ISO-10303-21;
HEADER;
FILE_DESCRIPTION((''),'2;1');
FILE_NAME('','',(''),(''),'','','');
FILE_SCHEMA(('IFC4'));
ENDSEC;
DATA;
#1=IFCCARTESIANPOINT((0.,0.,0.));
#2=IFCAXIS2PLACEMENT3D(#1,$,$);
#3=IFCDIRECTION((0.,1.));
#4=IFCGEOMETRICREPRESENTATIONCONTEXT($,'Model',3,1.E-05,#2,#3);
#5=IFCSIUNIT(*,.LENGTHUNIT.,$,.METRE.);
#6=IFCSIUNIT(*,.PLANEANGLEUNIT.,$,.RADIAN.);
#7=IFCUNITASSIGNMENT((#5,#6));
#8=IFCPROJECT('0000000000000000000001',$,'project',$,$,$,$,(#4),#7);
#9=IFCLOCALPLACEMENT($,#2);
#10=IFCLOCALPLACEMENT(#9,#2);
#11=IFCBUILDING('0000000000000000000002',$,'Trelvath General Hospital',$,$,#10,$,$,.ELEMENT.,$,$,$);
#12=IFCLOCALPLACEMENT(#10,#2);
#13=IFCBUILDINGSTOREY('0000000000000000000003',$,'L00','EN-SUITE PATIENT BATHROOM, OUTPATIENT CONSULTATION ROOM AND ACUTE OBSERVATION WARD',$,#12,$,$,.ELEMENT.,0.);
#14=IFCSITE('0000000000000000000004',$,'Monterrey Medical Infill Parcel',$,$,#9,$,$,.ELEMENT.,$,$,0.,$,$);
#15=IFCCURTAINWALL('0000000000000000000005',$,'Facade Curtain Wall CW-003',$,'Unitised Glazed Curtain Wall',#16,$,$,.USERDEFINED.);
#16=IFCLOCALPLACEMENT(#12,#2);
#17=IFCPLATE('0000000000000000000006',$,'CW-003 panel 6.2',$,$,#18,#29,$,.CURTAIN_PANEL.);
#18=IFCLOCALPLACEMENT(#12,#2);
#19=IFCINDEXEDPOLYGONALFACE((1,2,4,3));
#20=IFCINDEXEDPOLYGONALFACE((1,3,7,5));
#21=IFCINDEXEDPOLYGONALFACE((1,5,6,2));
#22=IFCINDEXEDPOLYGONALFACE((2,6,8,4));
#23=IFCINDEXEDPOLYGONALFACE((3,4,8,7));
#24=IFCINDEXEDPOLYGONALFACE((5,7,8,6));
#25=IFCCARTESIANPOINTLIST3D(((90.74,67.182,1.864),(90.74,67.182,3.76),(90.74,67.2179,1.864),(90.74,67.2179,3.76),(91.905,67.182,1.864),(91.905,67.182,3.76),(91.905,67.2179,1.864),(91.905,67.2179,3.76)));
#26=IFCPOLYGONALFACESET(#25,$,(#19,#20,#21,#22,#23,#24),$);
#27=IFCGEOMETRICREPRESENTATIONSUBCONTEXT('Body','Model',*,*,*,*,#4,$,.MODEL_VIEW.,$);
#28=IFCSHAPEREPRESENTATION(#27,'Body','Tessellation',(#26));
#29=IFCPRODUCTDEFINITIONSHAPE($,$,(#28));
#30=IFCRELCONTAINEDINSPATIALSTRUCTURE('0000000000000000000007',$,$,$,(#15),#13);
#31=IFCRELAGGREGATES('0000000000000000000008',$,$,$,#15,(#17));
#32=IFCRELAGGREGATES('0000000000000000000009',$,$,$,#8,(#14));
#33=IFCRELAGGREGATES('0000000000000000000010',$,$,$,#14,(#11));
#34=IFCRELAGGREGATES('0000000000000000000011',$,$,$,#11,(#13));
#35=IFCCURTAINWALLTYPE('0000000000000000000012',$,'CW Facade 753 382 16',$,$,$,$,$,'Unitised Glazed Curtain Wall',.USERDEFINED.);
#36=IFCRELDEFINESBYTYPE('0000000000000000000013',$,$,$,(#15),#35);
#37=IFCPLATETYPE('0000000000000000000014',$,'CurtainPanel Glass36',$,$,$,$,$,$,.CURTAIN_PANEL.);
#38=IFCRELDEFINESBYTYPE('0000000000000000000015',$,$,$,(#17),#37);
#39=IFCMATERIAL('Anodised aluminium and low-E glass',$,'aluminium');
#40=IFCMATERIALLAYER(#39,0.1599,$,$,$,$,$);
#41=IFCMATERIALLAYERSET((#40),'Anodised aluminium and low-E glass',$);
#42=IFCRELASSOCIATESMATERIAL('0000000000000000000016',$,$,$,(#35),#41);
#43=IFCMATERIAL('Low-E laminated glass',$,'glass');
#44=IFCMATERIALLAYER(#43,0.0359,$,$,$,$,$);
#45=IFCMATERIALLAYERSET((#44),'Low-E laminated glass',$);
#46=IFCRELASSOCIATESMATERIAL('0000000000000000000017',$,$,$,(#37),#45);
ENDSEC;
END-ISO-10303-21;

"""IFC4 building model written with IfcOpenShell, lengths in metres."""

from ifc_helpers import new_model, si_unit, direction, frame, origin, origin_2d, place, context, subcontext, project, spatial, rectangle, extrude, material, layer, layer_set, type_object, element, aggregate, save


model = new_model("IFC4")

# Units and contexts
model_context = context("Model", 3, precision=1e-05, world=origin(), true_north=direction((0.0, 1.0)))
body_context = subcontext(model_context, "Body", "Model", "MODEL_VIEW")
ifc_project = project(units=[si_unit("LENGTHUNIT", "METRE"), si_unit("PLANEANGLEUNIT", "RADIAN")], contexts=[model_context])

# Site, building, storey
site_placement = place(None, origin())
site = spatial("IfcSite", under=ifc_project, at=site_placement, Name="Monterrey Medical Infill Parcel", CompositionType="ELEMENT", RefElevation=0.0)
building_placement = place(site_placement, origin())
building = spatial("IfcBuilding", under=site, at=building_placement, Name="Trelvath General Hospital", CompositionType="ELEMENT")
storey_placement = place(building_placement, origin())
storey = spatial("IfcBuildingStorey", under=building, at=storey_placement, Name="L00", Description="EN-SUITE PATIENT BATHROOM, OUTPATIENT CONSULTATION ROOM AND ACUTE OBSERVATION WARD", CompositionType="ELEMENT", Elevation=0.0)

# Curtain wall, plate
ifc_material_1 = material(Name="Anodised aluminium and low-E glass", Category="aluminium")
ifc_layer_1 = layer(ifc_material_1, 0.1599)
ifc_layer_set_1 = layer_set([ifc_layer_1], Name="Anodised aluminium and low-E glass")
curtain_wall_type = type_object("IfcCurtainWallType", Name="CW Facade 753 382 16", ElementType="Unitised Glazed Curtain Wall", PredefinedType="USERDEFINED", material=ifc_layer_set_1)
curtain_wall_placement = place(storey_placement, origin())
curtain_wall = element("IfcCurtainWall", 1, at=curtain_wall_placement, inside=storey, type_object=curtain_wall_type, Name="Facade Curtain Wall CW-003", ObjectType="Unitised Glazed Curtain Wall", PredefinedType="USERDEFINED")
ifc_material_2 = material(Name="Low-E laminated glass", Category="glass")
ifc_layer_2 = layer(ifc_material_2, 0.0359)
ifc_layer_set_2 = layer_set([ifc_layer_2], Name="Low-E laminated glass")
plate_type = type_object("IfcPlateType", Name="CurtainPanel Glass36", PredefinedType="CURTAIN_PANEL", material=ifc_layer_set_2)
plate_1_placement = place(storey_placement, frame((91.3225, 67.2, 1.864), z_axis=(0.0, 0.0, 1.0), x_axis=(1.0, 0.0, 0.0)))
plate_1 = element("IfcPlate", 2, at=plate_1_placement, type_object=plate_type, Name="CW-003 panel 6.2", PredefinedType="CURTAIN_PANEL", context=body_context, shape_type="SweptSolid", body=[
    extrude(rectangle(XDim=1.165, YDim=0.0359, at=origin_2d()), origin(), (0.0, 0.0, 1.0), 1.896),
])
aggregate(curtain_wall, [plate_1])

save(model, "model.ifc")
